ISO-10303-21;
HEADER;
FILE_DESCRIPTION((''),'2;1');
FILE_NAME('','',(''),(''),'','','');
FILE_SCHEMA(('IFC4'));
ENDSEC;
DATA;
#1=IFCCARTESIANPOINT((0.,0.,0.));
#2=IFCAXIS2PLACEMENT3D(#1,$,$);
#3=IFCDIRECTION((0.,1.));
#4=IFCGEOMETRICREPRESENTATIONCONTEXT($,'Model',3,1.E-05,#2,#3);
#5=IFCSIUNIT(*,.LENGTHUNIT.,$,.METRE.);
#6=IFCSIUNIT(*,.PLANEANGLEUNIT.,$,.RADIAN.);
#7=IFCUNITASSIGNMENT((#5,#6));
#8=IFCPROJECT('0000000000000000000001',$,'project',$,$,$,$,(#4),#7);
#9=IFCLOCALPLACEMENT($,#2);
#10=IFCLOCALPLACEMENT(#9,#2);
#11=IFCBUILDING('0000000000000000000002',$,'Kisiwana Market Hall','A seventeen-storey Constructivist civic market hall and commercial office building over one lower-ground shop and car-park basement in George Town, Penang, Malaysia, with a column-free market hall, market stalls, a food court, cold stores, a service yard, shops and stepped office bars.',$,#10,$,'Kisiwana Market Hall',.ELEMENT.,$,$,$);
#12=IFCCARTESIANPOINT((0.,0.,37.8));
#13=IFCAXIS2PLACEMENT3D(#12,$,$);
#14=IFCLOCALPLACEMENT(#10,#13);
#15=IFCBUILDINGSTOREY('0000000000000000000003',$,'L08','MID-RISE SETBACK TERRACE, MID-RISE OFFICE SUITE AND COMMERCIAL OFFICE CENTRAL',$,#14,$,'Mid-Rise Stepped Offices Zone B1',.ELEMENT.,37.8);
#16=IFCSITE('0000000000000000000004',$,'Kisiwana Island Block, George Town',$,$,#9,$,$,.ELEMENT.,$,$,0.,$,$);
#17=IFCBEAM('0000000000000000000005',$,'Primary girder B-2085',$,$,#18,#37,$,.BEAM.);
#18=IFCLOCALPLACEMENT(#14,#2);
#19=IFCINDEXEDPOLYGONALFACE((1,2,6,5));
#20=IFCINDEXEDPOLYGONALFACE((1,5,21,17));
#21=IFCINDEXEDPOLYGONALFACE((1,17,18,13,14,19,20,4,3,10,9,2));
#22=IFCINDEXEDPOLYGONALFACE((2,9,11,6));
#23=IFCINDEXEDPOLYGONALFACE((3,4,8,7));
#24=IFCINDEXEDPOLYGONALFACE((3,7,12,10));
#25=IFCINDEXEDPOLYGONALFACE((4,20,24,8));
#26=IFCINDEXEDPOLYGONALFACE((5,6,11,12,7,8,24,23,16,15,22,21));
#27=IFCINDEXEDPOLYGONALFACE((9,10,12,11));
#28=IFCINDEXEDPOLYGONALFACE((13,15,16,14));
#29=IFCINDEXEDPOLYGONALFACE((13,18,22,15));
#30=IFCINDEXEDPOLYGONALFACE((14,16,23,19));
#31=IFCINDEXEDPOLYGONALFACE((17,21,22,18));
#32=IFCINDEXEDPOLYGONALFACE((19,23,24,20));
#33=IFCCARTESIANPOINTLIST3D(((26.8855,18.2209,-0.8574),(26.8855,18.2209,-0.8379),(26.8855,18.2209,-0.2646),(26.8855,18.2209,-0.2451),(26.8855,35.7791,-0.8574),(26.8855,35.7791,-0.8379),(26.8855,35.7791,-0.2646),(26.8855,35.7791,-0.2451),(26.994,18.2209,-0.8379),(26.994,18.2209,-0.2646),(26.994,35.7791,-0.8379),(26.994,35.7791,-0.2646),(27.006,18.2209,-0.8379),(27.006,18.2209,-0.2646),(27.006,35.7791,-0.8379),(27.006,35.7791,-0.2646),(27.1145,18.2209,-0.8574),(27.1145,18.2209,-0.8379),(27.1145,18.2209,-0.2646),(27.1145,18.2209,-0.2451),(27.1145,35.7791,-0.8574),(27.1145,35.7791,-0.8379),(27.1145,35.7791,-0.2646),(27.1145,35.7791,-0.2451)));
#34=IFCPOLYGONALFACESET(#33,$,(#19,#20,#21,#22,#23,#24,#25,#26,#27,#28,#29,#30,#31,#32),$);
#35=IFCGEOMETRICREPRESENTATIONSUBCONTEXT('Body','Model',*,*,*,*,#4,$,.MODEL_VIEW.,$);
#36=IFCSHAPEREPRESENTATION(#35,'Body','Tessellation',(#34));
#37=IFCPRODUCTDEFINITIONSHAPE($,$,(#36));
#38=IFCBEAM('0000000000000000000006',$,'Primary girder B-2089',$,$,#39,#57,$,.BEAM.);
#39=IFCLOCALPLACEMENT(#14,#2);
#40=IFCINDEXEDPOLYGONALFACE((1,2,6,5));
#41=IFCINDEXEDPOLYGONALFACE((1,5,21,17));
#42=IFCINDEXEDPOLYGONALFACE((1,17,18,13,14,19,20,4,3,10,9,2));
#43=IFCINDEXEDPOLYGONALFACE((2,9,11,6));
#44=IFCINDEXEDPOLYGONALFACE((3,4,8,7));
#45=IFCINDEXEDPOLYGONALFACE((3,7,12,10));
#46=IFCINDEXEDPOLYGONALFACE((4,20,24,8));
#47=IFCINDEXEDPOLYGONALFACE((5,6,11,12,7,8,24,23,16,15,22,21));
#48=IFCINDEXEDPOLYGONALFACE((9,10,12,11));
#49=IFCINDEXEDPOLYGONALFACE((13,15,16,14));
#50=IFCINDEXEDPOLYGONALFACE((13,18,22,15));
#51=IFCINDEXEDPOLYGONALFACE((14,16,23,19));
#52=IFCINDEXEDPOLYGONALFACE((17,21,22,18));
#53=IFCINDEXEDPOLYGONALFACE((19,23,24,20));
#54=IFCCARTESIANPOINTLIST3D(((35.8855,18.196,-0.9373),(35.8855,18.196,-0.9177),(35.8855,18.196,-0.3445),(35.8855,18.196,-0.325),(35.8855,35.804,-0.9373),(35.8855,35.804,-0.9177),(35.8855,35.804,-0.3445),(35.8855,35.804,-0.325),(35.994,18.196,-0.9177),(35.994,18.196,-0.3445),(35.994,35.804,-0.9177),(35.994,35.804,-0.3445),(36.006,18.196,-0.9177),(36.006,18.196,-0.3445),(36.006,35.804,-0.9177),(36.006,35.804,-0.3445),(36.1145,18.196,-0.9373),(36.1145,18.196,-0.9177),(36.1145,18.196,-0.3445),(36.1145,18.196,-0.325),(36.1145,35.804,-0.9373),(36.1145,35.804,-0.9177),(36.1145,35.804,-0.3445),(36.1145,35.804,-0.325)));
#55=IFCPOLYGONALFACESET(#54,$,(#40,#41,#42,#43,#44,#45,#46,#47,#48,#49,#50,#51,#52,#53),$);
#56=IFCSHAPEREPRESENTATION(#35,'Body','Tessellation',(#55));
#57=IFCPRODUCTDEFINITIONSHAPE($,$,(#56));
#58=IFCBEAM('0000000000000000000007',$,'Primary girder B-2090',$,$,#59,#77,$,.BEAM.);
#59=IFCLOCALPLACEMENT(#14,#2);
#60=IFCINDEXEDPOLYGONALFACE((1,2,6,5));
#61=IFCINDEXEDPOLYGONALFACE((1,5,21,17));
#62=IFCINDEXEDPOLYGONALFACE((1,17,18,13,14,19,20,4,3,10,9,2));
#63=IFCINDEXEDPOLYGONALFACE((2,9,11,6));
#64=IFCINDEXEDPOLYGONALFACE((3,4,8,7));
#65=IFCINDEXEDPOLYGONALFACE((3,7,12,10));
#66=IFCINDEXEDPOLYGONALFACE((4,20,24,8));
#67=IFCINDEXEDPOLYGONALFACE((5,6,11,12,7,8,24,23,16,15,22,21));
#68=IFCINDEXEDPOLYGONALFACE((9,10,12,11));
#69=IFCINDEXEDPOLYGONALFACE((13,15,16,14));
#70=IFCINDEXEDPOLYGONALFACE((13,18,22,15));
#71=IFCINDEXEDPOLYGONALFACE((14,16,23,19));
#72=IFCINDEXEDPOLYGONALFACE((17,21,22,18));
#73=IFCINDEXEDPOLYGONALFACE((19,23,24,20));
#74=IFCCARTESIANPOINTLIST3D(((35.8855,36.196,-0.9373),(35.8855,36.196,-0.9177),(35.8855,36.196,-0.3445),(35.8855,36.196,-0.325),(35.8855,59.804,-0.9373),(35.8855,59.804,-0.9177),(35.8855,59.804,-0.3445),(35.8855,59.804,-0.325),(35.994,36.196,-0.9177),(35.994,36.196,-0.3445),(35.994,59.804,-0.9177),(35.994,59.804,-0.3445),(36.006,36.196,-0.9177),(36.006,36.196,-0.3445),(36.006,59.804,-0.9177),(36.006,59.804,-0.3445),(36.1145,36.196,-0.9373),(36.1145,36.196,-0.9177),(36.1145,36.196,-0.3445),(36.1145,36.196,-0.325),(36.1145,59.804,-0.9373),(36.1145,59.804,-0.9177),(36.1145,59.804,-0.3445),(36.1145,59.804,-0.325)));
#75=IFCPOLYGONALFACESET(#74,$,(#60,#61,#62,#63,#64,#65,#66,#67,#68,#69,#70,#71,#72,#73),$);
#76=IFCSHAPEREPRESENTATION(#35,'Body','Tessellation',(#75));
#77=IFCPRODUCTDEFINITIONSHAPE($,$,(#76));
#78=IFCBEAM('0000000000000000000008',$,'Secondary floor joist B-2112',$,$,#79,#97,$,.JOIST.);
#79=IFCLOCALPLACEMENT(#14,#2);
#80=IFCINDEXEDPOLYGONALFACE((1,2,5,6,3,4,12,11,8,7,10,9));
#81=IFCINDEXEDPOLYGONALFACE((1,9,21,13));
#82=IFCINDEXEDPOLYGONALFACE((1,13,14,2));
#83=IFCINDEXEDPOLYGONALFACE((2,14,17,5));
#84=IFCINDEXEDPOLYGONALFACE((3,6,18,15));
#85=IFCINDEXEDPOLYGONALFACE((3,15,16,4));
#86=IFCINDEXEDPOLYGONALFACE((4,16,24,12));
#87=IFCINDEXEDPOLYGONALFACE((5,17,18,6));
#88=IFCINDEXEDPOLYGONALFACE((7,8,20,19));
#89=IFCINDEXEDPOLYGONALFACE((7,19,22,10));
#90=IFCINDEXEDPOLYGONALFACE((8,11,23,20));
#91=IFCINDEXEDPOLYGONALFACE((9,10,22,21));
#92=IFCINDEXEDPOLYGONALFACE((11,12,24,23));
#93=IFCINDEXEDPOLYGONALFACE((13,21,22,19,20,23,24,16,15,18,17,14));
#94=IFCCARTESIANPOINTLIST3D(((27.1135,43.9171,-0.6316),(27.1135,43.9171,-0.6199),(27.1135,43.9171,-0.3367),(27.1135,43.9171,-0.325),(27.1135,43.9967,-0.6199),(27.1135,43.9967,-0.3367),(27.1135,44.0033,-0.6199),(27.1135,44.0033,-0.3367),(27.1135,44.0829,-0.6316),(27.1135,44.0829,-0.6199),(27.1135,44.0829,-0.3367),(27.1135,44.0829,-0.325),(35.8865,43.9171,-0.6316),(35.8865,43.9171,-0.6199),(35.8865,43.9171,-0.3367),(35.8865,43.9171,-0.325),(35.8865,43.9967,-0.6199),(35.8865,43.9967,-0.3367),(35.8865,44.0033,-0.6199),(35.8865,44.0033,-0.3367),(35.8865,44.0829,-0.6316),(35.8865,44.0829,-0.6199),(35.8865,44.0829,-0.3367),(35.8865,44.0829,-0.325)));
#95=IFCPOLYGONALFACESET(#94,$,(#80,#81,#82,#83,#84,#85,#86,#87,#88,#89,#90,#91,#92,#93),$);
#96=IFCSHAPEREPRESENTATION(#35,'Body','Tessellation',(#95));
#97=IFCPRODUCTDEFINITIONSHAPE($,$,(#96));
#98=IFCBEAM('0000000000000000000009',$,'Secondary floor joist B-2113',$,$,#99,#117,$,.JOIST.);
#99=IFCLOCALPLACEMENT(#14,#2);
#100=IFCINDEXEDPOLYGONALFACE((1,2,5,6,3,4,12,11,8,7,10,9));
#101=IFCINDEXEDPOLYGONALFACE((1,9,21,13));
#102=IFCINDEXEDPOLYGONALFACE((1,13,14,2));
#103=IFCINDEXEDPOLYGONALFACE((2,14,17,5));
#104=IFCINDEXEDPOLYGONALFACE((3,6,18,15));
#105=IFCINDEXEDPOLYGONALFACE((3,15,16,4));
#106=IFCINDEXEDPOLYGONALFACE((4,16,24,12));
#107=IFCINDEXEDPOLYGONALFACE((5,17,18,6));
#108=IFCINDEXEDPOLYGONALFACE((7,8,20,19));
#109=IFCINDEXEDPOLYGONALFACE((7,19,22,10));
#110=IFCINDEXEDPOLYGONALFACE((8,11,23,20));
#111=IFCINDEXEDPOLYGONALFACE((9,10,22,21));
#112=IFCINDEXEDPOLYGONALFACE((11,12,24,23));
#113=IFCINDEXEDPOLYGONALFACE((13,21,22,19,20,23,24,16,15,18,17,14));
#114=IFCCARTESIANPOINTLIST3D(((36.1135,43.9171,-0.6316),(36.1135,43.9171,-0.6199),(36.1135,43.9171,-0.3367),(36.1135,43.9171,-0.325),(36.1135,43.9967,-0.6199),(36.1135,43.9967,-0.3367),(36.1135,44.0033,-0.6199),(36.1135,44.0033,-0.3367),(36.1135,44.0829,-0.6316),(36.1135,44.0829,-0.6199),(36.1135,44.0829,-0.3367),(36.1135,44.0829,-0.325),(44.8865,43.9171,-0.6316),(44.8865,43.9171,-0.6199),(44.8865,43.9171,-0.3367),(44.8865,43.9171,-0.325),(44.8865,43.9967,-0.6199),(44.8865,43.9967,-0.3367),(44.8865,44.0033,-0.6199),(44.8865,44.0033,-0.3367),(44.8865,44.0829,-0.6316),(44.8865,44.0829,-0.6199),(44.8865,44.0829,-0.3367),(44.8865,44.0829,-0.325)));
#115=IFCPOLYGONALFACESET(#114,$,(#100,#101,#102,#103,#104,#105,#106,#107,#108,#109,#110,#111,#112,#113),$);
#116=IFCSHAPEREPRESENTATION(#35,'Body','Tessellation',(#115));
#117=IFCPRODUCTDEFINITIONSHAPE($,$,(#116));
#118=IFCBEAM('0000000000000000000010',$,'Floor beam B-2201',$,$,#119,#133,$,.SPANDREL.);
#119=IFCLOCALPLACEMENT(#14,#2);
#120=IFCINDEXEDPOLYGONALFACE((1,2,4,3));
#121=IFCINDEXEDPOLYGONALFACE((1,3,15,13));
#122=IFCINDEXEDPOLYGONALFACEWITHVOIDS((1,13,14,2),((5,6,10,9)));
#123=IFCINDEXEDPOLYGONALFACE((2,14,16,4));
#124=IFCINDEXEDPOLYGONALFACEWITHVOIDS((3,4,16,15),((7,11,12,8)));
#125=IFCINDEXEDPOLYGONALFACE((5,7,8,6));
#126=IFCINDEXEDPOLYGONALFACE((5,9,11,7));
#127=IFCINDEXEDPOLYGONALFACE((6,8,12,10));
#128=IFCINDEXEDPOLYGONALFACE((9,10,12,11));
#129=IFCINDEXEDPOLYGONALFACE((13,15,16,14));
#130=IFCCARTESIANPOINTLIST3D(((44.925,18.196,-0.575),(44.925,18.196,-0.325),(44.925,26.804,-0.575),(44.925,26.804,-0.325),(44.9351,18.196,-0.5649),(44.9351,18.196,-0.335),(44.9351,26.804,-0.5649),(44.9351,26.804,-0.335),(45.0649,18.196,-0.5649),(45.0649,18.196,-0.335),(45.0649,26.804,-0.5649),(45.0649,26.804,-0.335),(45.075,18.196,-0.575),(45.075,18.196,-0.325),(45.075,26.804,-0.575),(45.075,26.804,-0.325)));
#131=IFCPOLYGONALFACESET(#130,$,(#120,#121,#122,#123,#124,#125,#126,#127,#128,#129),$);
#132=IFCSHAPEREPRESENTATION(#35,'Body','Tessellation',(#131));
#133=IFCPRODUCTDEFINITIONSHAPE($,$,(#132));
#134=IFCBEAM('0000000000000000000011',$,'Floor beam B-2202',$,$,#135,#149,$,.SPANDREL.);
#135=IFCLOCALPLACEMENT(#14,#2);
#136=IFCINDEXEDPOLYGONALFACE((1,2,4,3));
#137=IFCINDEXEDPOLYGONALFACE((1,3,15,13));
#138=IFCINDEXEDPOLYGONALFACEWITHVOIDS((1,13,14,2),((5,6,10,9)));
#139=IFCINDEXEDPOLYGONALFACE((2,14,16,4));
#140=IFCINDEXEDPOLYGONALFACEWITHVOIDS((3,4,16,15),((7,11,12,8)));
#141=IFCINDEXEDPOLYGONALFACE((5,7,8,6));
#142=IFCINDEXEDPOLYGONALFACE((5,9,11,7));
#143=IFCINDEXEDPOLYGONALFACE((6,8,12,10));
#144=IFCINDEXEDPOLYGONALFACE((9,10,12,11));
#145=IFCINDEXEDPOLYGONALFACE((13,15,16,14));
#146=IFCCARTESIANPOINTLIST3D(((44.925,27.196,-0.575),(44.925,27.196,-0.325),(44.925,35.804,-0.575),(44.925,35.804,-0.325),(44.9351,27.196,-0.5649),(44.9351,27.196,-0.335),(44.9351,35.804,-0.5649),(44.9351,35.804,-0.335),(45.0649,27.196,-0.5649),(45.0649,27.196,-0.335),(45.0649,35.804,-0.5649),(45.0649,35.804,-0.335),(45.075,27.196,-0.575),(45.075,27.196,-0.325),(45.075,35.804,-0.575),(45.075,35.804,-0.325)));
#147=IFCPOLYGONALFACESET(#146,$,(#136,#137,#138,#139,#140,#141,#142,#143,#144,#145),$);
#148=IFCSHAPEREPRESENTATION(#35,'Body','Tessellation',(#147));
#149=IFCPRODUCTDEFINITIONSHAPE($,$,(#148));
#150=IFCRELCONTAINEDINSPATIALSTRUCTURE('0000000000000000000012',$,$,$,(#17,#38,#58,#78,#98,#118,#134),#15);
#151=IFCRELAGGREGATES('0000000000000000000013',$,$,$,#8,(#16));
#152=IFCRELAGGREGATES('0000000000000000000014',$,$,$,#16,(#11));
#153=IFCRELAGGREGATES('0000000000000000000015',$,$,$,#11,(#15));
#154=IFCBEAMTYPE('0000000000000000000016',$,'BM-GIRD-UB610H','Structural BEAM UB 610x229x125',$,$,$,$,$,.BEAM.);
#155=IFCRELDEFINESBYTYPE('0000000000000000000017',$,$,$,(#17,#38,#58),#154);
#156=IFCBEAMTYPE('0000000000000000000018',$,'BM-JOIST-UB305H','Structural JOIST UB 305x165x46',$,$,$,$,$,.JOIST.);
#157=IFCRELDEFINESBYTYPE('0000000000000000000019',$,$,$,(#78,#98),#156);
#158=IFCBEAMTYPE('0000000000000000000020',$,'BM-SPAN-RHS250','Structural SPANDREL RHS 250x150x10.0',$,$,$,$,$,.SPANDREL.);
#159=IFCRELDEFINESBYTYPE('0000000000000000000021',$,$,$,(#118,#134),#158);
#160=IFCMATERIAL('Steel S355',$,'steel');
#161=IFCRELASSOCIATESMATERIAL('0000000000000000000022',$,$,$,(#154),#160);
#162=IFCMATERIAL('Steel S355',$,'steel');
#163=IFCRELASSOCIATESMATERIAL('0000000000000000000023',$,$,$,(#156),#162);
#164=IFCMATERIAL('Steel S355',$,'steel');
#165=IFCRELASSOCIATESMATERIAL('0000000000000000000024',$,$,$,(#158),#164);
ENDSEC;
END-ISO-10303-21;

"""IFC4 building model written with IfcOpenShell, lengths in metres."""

from ifc_helpers import new_model, si_unit, direction, frame, origin, origin_2d, place, context, subcontext, project, spatial, hollow_rectangle, i_section, extrude, material, material_profile, profile_set, type_object, element, save


model = new_model("IFC4")

# Units and contexts
model_context = context("Model", 3, precision=1e-05, world=origin(), true_north=direction((0.0, 1.0)))
body_context = subcontext(model_context, "Body", "Model", "MODEL_VIEW")
ifc_project = project(units=[si_unit("LENGTHUNIT", "METRE"), si_unit("PLANEANGLEUNIT", "RADIAN")], contexts=[model_context])

# Site, building, storey
site_placement = place(None, origin())
site = spatial("IfcSite", under=ifc_project, at=site_placement, Name="Kisiwana Island Block, George Town", CompositionType="ELEMENT", RefElevation=0.0)
building_placement = place(site_placement, origin())
building = spatial("IfcBuilding", under=site, at=building_placement, Name="Kisiwana Market Hall", Description="A seventeen-storey Constructivist civic market hall and commercial office building over one lower-ground shop and car-park basement in George Town, Penang, Malaysia, with a column-free market hall, market stalls, a food court, cold stores, a service yard, shops and stepped office bars.", LongName="Kisiwana Market Hall", CompositionType="ELEMENT")
storey_placement = place(building_placement, frame((0.0, 0.0, 37.8)))
storey = spatial("IfcBuildingStorey", under=building, at=storey_placement, Name="L08", Description="MID-RISE SETBACK TERRACE, MID-RISE OFFICE SUITE AND COMMERCIAL OFFICE CENTRAL", LongName="Mid-Rise Stepped Offices Zone B1", CompositionType="ELEMENT", Elevation=37.8)

# Beams
ifc_material_1 = material(Name="Steel S355", Category="steel")
ifc_material_profile_1 = material_profile(ifc_material_1, i_section(OverallWidth=0.229, OverallDepth=0.6123, WebThickness=0.012, FlangeThickness=0.0195, at=origin_2d()), Name="UB 610x229x125")
ifc_profile_set_1 = profile_set([ifc_material_profile_1], Name="Steel S355")
beam_type_1 = type_object("IfcBeamType", Name="BM-GIRD-UB610H", Description="Structural BEAM UB 610x229x125", PredefinedType="BEAM", material=ifc_profile_set_1)
beam_1_placement = place(storey_placement, frame((27.0, 18.2209, -0.5513), z_axis=(0.0, 1.0, 0.0), x_axis=(-1.0, 0.0, 0.0)))
element("IfcBeam", 1, at=beam_1_placement, inside=storey, type_object=beam_type_1, Name="Primary girder B-2085", PredefinedType="BEAM", context=body_context, shape_type="SweptSolid", body=[
    extrude(i_section(OverallWidth=0.229, OverallDepth=0.6123, WebThickness=0.012, FlangeThickness=0.0195, at=origin_2d()), origin(), (0.0, 0.0, 1.0), 17.5581),
])
beam_2_placement = place(storey_placement, frame((36.0, 18.196, -0.6311), z_axis=(0.0, 1.0, 0.0), x_axis=(-1.0, 0.0, 0.0)))
element("IfcBeam", 2, at=beam_2_placement, inside=storey, type_object=beam_type_1, Name="Primary girder B-2089", PredefinedType="BEAM", context=body_context, shape_type="SweptSolid", body=[
    extrude(i_section(OverallWidth=0.229, OverallDepth=0.6123, WebThickness=0.012, FlangeThickness=0.0195, at=origin_2d()), origin(), (0.0, 0.0, 1.0), 17.6079),
])
beam_3_placement = place(storey_placement, frame((36.0, 36.196, -0.6311), z_axis=(0.0, 1.0, 0.0), x_axis=(-1.0, 0.0, 0.0)))
element("IfcBeam", 3, at=beam_3_placement, inside=storey, type_object=beam_type_1, Name="Primary girder B-2090", PredefinedType="BEAM", context=body_context, shape_type="SweptSolid", body=[
    extrude(i_section(OverallWidth=0.229, OverallDepth=0.6123, WebThickness=0.012, FlangeThickness=0.0195, at=origin_2d()), origin(), (0.0, 0.0, 1.0), 23.6079),
])
ifc_material_2 = material(Name="Steel S355", Category="steel")
ifc_material_profile_2 = material_profile(ifc_material_2, i_section(OverallWidth=0.1658, OverallDepth=0.3066, WebThickness=0.0066, FlangeThickness=0.0117, at=origin_2d()), Name="UB 305x165x46")
ifc_profile_set_2 = profile_set([ifc_material_profile_2], Name="Steel S355")
beam_type_2 = type_object("IfcBeamType", Name="BM-JOIST-UB305H", Description="Structural JOIST UB 305x165x46", PredefinedType="JOIST", material=ifc_profile_set_2)
for number, where, z_axis, x_axis, name in (
    (4, (27.1135, 44.0, -0.4783), (1.0, 0.0, 0.0), (0.0, 1.0, 0.0), "Secondary floor joist B-2112"),
    (5, (36.1135, 44.0, -0.4783), (1.0, 0.0, 0.0), (0.0, 1.0, 0.0), "Secondary floor joist B-2113"),
):
    element("IfcBeam", number, at=place(storey_placement, frame(where, z_axis=z_axis, x_axis=x_axis)), inside=storey, type_object=beam_type_2, Name=name, PredefinedType="JOIST", context=body_context, shape_type="SweptSolid", body=[
        extrude(i_section(OverallWidth=0.1658, OverallDepth=0.3066, WebThickness=0.0066, FlangeThickness=0.0117, at=origin_2d()), origin(), (0.0, 0.0, 1.0), 8.7729),
    ])
ifc_material_3 = material(Name="Steel S355", Category="steel")
ifc_material_profile_3 = material_profile(ifc_material_3, hollow_rectangle(XDim=0.1499, YDim=0.25, WallThickness=0.01, at=origin_2d()), Name="RHS 250x150x10.0")
ifc_profile_set_3 = profile_set([ifc_material_profile_3], Name="Steel S355")
beam_type_3 = type_object("IfcBeamType", Name="BM-SPAN-RHS250", Description="Structural SPANDREL RHS 250x150x10.0", PredefinedType="SPANDREL", material=ifc_profile_set_3)
for number, where, z_axis, x_axis, name in (
    (6, (45.0, 18.196, -0.45), (0.0, 1.0, 0.0), (-1.0, 0.0, 0.0), "Floor beam B-2201"),
    (7, (45.0, 27.196, -0.45), (0.0, 1.0, 0.0), (-1.0, 0.0, 0.0), "Floor beam B-2202"),
):
    element("IfcBeam", number, at=place(storey_placement, frame(where, z_axis=z_axis, x_axis=x_axis)), inside=storey, type_object=beam_type_3, Name=name, PredefinedType="SPANDREL", context=body_context, shape_type="SweptSolid", body=[
        extrude(hollow_rectangle(XDim=0.1499, YDim=0.25, WallThickness=0.01, at=origin_2d()), origin(), (0.0, 0.0, 1.0), 8.6079),
    ])

save(model, "model.ifc")
